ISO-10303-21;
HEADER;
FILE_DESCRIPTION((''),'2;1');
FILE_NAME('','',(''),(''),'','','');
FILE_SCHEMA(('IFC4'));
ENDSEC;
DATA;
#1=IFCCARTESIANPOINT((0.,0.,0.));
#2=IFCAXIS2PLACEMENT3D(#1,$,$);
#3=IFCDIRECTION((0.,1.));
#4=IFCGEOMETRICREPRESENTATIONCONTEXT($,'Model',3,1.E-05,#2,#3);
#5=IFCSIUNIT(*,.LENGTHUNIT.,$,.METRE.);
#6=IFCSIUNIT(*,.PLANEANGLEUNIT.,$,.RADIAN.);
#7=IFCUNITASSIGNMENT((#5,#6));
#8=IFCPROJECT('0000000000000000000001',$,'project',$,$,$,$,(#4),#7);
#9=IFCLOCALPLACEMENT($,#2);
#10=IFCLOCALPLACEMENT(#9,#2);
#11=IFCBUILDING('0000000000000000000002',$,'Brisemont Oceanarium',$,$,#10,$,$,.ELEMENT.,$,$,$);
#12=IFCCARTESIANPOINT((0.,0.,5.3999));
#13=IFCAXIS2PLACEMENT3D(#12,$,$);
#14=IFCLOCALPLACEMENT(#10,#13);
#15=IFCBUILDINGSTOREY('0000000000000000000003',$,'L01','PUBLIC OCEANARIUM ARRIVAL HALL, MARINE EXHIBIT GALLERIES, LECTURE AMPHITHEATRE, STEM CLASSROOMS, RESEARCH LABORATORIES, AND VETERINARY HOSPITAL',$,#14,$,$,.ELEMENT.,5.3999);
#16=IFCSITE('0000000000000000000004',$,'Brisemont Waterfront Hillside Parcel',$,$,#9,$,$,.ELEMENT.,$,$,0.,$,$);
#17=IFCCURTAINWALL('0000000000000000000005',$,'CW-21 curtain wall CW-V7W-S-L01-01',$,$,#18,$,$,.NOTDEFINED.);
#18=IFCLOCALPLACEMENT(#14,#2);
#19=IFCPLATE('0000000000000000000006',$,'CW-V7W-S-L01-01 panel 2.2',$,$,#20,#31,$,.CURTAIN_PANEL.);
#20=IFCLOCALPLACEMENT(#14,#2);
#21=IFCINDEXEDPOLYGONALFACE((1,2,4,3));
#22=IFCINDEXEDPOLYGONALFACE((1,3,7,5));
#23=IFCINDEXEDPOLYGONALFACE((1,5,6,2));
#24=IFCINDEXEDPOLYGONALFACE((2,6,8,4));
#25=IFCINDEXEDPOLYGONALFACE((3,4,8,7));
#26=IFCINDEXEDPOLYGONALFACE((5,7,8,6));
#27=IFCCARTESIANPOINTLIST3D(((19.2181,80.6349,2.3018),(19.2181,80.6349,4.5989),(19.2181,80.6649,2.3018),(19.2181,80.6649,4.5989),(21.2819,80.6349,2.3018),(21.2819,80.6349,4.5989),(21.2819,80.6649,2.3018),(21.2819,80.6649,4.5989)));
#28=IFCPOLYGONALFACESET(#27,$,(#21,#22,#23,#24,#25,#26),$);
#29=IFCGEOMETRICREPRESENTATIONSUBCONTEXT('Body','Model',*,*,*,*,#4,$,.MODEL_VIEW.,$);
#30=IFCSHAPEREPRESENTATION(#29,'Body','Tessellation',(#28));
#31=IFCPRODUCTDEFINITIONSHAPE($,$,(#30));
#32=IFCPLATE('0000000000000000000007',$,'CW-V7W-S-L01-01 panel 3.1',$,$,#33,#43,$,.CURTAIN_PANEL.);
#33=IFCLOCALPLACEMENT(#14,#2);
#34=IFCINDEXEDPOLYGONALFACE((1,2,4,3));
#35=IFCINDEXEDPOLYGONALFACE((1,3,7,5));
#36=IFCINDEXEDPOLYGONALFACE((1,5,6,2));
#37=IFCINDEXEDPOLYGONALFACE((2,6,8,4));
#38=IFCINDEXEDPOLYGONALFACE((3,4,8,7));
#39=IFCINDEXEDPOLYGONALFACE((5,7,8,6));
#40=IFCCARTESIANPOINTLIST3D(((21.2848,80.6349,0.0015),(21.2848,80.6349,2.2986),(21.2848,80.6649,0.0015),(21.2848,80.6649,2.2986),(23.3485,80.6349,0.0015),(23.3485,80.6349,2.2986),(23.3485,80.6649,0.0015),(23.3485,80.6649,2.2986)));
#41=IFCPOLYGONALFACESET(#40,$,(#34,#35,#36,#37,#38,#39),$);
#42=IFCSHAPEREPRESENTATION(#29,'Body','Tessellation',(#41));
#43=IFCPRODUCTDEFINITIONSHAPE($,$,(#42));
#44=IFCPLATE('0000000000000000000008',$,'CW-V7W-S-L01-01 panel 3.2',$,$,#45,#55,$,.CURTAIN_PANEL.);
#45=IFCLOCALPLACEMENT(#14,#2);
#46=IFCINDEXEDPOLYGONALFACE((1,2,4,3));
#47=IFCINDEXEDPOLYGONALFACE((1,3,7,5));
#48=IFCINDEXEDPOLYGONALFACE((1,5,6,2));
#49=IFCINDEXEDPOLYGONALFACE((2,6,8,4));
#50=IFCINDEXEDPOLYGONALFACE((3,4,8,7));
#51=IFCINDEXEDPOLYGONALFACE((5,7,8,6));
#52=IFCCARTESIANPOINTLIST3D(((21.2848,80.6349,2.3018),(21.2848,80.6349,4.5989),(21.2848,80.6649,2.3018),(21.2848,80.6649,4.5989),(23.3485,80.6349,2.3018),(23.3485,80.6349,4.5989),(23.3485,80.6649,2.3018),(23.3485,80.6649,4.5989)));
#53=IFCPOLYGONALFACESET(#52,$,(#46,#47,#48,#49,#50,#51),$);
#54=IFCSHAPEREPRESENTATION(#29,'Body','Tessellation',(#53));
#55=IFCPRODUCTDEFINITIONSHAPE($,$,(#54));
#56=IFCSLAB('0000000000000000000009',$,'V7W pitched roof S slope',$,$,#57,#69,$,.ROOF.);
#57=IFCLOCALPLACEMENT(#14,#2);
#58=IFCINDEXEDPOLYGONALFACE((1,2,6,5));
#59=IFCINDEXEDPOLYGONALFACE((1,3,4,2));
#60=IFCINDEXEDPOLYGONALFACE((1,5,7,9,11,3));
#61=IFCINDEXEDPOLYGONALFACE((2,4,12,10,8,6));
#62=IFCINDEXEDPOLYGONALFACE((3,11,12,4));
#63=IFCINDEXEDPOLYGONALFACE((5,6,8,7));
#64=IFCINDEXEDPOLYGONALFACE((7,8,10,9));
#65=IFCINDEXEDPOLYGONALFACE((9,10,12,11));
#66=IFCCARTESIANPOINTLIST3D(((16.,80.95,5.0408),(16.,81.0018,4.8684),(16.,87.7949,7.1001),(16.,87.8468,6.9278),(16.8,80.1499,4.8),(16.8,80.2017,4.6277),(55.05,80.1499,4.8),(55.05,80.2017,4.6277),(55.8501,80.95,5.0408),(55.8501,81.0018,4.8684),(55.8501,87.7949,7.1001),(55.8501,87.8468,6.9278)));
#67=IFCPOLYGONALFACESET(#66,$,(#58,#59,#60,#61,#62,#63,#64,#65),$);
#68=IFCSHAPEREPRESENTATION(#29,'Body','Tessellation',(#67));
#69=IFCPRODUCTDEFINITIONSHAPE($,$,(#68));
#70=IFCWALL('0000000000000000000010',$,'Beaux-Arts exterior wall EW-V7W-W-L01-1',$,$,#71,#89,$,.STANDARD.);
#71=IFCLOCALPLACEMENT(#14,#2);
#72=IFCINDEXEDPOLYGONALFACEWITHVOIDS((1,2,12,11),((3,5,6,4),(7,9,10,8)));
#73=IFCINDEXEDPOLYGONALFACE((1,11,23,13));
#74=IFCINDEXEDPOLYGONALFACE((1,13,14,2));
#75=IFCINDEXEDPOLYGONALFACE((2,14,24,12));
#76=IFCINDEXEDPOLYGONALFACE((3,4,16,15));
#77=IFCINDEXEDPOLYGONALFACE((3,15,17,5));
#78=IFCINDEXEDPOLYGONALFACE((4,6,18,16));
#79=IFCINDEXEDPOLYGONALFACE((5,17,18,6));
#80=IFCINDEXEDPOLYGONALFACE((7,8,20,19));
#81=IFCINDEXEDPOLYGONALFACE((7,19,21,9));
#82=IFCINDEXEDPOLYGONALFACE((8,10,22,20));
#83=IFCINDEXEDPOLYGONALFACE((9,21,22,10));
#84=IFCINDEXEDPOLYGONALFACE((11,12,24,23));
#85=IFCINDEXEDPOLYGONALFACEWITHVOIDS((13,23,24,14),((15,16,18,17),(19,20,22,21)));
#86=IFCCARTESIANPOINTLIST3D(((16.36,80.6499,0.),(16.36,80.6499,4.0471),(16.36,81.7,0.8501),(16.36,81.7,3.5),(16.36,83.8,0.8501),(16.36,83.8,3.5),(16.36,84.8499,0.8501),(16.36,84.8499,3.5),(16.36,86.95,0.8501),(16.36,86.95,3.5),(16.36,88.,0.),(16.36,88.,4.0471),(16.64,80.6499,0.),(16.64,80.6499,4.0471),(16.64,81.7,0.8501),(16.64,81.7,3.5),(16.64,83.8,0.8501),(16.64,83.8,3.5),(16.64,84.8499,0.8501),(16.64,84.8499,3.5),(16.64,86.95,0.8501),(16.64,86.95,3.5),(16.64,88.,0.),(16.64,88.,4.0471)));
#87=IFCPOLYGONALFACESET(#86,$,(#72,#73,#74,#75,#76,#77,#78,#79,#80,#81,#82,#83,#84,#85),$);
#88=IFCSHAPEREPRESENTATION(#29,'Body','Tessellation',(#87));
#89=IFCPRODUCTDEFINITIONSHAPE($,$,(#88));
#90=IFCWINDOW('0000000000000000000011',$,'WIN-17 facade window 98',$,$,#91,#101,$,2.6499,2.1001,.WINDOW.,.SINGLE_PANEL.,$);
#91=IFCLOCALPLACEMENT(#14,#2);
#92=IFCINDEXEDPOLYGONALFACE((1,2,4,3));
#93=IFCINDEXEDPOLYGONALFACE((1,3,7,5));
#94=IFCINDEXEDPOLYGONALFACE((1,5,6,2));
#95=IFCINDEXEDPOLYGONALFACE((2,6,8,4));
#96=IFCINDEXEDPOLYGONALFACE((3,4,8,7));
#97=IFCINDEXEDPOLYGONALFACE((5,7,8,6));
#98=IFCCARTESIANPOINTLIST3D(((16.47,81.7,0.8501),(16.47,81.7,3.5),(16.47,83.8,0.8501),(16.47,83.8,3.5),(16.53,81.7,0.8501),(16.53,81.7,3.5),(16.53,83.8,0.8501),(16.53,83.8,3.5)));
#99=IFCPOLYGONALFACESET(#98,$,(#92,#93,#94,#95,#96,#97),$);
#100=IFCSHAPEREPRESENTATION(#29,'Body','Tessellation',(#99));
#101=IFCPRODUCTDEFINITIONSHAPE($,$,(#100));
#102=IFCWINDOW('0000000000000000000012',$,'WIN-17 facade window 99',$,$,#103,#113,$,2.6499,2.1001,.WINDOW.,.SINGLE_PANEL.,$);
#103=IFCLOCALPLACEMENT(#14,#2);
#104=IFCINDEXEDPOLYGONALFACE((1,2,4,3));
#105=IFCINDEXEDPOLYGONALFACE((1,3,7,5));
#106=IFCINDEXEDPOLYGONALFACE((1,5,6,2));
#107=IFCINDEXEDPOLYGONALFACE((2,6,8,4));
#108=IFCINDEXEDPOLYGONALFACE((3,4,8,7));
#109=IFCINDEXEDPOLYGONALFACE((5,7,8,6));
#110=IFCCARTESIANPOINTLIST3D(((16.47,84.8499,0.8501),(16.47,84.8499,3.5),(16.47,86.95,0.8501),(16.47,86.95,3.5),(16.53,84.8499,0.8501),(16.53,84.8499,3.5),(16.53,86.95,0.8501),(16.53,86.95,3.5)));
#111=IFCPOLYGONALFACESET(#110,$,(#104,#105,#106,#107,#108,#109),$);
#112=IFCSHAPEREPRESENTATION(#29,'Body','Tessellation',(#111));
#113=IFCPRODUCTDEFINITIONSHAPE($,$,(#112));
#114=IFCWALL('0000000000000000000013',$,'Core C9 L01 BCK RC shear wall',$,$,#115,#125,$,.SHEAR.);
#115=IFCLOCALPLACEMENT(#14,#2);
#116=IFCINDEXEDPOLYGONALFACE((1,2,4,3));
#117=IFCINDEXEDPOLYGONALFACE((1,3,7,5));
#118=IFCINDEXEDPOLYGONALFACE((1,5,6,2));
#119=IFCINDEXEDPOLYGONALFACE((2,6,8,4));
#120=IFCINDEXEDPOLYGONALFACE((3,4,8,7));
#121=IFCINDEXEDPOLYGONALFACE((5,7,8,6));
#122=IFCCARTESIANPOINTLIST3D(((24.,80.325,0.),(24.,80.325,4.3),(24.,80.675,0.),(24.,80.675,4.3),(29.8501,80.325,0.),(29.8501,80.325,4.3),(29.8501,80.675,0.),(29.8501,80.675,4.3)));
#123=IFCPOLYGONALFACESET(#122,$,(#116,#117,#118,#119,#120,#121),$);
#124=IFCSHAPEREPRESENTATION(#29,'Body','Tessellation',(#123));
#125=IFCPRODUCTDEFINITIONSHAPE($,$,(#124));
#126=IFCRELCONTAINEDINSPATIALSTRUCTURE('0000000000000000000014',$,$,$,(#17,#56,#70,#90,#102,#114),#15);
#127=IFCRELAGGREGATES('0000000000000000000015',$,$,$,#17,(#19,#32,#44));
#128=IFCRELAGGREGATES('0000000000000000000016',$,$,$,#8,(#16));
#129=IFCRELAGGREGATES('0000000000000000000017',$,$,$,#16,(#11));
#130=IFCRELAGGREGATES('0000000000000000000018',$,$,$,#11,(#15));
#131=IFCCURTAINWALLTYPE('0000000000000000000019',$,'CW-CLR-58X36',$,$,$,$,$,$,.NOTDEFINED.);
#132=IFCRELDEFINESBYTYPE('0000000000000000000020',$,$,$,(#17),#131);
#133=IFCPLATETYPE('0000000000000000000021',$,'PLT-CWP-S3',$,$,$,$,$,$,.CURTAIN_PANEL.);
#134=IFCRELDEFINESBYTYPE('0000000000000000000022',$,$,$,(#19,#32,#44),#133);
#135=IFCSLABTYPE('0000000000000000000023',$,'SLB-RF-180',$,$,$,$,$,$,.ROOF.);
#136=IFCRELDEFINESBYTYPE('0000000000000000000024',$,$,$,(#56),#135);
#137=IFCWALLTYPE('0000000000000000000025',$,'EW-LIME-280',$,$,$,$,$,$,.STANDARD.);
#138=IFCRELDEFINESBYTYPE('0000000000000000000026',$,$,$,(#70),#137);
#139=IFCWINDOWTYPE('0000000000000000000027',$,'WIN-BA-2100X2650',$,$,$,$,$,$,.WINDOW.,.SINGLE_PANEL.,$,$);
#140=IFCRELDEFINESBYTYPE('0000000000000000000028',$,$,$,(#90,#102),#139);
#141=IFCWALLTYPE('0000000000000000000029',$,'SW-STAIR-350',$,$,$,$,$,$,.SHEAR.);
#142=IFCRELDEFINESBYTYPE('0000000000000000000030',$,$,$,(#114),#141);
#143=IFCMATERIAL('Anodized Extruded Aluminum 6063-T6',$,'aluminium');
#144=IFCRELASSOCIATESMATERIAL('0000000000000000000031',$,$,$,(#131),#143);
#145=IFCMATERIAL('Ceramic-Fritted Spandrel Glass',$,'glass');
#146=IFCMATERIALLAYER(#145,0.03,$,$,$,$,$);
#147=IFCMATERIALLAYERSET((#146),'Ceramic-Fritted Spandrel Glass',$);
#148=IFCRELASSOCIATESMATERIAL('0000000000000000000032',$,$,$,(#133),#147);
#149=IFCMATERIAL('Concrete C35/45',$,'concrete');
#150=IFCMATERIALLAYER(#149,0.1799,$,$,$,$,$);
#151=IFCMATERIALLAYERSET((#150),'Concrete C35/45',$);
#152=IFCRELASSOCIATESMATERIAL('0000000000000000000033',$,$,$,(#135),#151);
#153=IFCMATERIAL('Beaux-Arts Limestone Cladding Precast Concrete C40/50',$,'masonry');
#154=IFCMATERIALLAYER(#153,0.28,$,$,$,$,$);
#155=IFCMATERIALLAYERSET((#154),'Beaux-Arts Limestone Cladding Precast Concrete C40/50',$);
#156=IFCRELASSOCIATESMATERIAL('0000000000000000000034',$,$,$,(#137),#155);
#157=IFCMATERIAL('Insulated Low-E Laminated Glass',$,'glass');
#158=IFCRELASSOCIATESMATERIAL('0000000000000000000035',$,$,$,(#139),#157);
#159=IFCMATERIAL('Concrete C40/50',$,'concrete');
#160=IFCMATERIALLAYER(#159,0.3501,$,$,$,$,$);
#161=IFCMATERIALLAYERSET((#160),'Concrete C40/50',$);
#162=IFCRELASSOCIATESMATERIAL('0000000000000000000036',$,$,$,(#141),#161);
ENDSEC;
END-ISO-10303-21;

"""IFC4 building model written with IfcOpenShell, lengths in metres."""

from ifc_helpers import new_model, si_unit, direction, frame, frame_2d, origin, origin_2d, place, context, subcontext, project, spatial, polyline, rectangle, outline, extrude, material, layer, layer_set, type_object, element, fill, aggregate, save


model = new_model("IFC4")

# Units and contexts
model_context = context("Model", 3, precision=1e-05, world=origin(), true_north=direction((0.0, 1.0)))
body_context = subcontext(model_context, "Body", "Model", "MODEL_VIEW")
ifc_project = project(units=[si_unit("LENGTHUNIT", "METRE"), si_unit("PLANEANGLEUNIT", "RADIAN")], contexts=[model_context])

# Site, building, storey
site_placement = place(None, origin())
site = spatial("IfcSite", under=ifc_project, at=site_placement, Name="Brisemont Waterfront Hillside Parcel", CompositionType="ELEMENT", RefElevation=0.0)
building_placement = place(site_placement, origin())
building = spatial("IfcBuilding", under=site, at=building_placement, Name="Brisemont Oceanarium", CompositionType="ELEMENT")
storey_placement = place(building_placement, frame((0.0, 0.0, 5.3999)))
storey = spatial("IfcBuildingStorey", under=building, at=storey_placement, Name="L01", Description="PUBLIC OCEANARIUM ARRIVAL HALL, MARINE EXHIBIT GALLERIES, LECTURE AMPHITHEATRE, STEM CLASSROOMS, RESEARCH LABORATORIES, AND VETERINARY HOSPITAL", CompositionType="ELEMENT", Elevation=5.3999)

# Curtain wall
ifc_material_1 = material(Name="Anodized Extruded Aluminum 6063-T6", Category="aluminium")
curtain_wall_type_1 = type_object("IfcCurtainWallType", Name="CW-CLR-58X36", PredefinedType="NOTDEFINED", material=ifc_material_1)
curtain_wall_1_placement = place(storey_placement, origin())
curtain_wall_1 = element("IfcCurtainWall", 1, at=curtain_wall_1_placement, inside=storey, type_object=curtain_wall_type_1, Name="CW-21 curtain wall CW-V7W-S-L01-01", PredefinedType="NOTDEFINED")

# Plates
ifc_material_2 = material(Name="Ceramic-Fritted Spandrel Glass", Category="glass")
ifc_layer_1 = layer(ifc_material_2, 0.03)
ifc_layer_set_1 = layer_set([ifc_layer_1], Name="Ceramic-Fritted Spandrel Glass")
plate_type = type_object("IfcPlateType", Name="PLT-CWP-S3", PredefinedType="CURTAIN_PANEL", material=ifc_layer_set_1)
plate_1_placement = place(storey_placement, frame((20.25, 80.6499, 2.3018), z_axis=(0.0, 0.0, 1.0), x_axis=(1.0, 0.0, 0.0)))
plate_1 = element("IfcPlate", 2, at=plate_1_placement, type_object=plate_type, Name="CW-V7W-S-L01-01 panel 2.2", PredefinedType="CURTAIN_PANEL", context=body_context, shape_type="SweptSolid", body=[
    extrude(rectangle(XDim=2.0637, YDim=0.03, at=origin_2d()), origin(), (0.0, 0.0, 1.0), 2.2971),
])
plate_2_placement = place(storey_placement, frame((22.3167, 80.6499, 0.0015), z_axis=(0.0, 0.0, 1.0), x_axis=(1.0, 0.0, 0.0)))
plate_2 = element("IfcPlate", 3, at=plate_2_placement, type_object=plate_type, Name="CW-V7W-S-L01-01 panel 3.1", PredefinedType="CURTAIN_PANEL", context=body_context, shape_type="SweptSolid", body=[
    extrude(rectangle(XDim=2.0637, YDim=0.03, at=origin_2d()), origin(), (0.0, 0.0, 1.0), 2.2971),
])
plate_3_placement = place(storey_placement, frame((22.3167, 80.6499, 2.3018), z_axis=(0.0, 0.0, 1.0), x_axis=(1.0, 0.0, 0.0)))
plate_3 = element("IfcPlate", 4, at=plate_3_placement, type_object=plate_type, Name="CW-V7W-S-L01-01 panel 3.2", PredefinedType="CURTAIN_PANEL", context=body_context, shape_type="SweptSolid", body=[
    extrude(rectangle(XDim=2.0637, YDim=0.03, at=origin_2d()), origin(), (0.0, 0.0, 1.0), 2.2971),
])
aggregate(curtain_wall_1, [plate_1, plate_2, plate_3])

# Slab
ifc_material_3 = material(Name="Concrete C35/45", Category="concrete")
ifc_layer_2 = layer(ifc_material_3, 0.1799)
ifc_layer_set_2 = layer_set([ifc_layer_2], Name="Concrete C35/45")
slab_type = type_object("IfcSlabType", Name="SLB-RF-180", PredefinedType="ROOF", material=ifc_layer_set_2)
slab_placement = place(storey_placement, frame((16.8, 80.1499, 4.8), z_axis=(0.0, -0.2881, 0.9576), x_axis=(1.0, 0.0, 0.0)))
element("IfcSlab", 5, at=slab_placement, inside=storey, type_object=slab_type, Name="V7W pitched roof S slope", PredefinedType="ROOF", context=body_context, shape_type="SweptSolid", body=[
    extrude(outline(polyline([(0.0, 0.0), (38.25, 0.0), (39.05, 0.8355), (39.05, 7.9835), (-0.8, 7.9835), (-0.8, 0.8355), (0.0, 0.0)])), origin(), (0.0, 0.0, -1.0), 0.1799),
])

# Wall, openings, windows
ifc_material_4 = material(Name="Beaux-Arts Limestone Cladding Precast Concrete C40/50", Category="masonry")
ifc_layer_3 = layer(ifc_material_4, 0.28)
ifc_layer_set_3 = layer_set([ifc_layer_3], Name="Beaux-Arts Limestone Cladding Precast Concrete C40/50")
wall_type_1 = type_object("IfcWallType", Name="EW-LIME-280", PredefinedType="STANDARD", material=ifc_layer_set_3)
wall_1_placement = place(storey_placement, frame((16.5, 80.6499, 0.0), z_axis=(0.0, 0.0, 1.0), x_axis=(0.0, 1.0, 0.0)))
wall_1 = element("IfcWall", 6, at=wall_1_placement, inside=storey, type_object=wall_type_1, Name="Beaux-Arts exterior wall EW-V7W-W-L01-1", PredefinedType="STANDARD", context=body_context, shape_type="SweptSolid", body=[
    extrude(rectangle(XDim=7.3501, YDim=0.28, at=frame_2d((3.675, 0.0))), origin(), (0.0, 0.0, 1.0), 4.0471),
])
opening_1_placement = place(wall_1_placement, frame((1.05, 0.0, 0.8501)))
opening_1 = element("IfcOpeningElement", 7, at=opening_1_placement, cuts=wall_1, PredefinedType="OPENING", context=body_context, shape_type="SweptSolid", body=[
    extrude(rectangle(XDim=2.1001, YDim=2.6499, at=frame_2d((1.05, 1.325))), frame((0.0, 0.1499, 0.0), z_axis=(0.0, -1.0, 0.0), x_axis=(1.0, 0.0, 0.0)), (0.0, 0.0, 1.0), 0.3),
])
opening_2_placement = place(wall_1_placement, frame((4.2, 0.0, 0.8501)))
opening_2 = element("IfcOpeningElement", 8, at=opening_2_placement, cuts=wall_1, PredefinedType="OPENING", context=body_context, shape_type="SweptSolid", body=[
    extrude(rectangle(XDim=2.1001, YDim=2.6499, at=frame_2d((1.05, 1.325))), frame((0.0, 0.1499, 0.0), z_axis=(0.0, -1.0, 0.0), x_axis=(1.0, 0.0, 0.0)), (0.0, 0.0, 1.0), 0.3),
])
ifc_material_5 = material(Name="Insulated Low-E Laminated Glass", Category="glass")
window_type = type_object("IfcWindowType", Name="WIN-BA-2100X2650", PartitioningType="SINGLE_PANEL", PredefinedType="WINDOW", material=ifc_material_5)
window_1_placement = place(opening_1_placement, origin())
window_1 = element("IfcWindow", 9, at=window_1_placement, inside=storey, type_object=window_type, Name="WIN-17 facade window 98", OverallHeight=2.6499, OverallWidth=2.1001, PartitioningType="SINGLE_PANEL", PredefinedType="WINDOW", context=body_context, shape_type="SweptSolid", body=[
    extrude(rectangle(XDim=2.1001, YDim=2.6499, at=frame_2d((1.05, 1.325))), frame((0.0, 0.03, 0.0), z_axis=(0.0, -1.0, 0.0), x_axis=(1.0, 0.0, 0.0)), (0.0, 0.0, 1.0), 0.0601),
])
fill(opening_1, window_1)
window_2_placement = place(opening_2_placement, origin())
window_2 = element("IfcWindow", 10, at=window_2_placement, inside=storey, type_object=window_type, Name="WIN-17 facade window 99", OverallHeight=2.6499, OverallWidth=2.1001, PartitioningType="SINGLE_PANEL", PredefinedType="WINDOW", context=body_context, shape_type="SweptSolid", body=[
    extrude(rectangle(XDim=2.1001, YDim=2.6499, at=frame_2d((1.05, 1.325))), frame((0.0, 0.03, 0.0), z_axis=(0.0, -1.0, 0.0), x_axis=(1.0, 0.0, 0.0)), (0.0, 0.0, 1.0), 0.0601),
])
fill(opening_2, window_2)

# Wall
ifc_material_6 = material(Name="Concrete C40/50", Category="concrete")
ifc_layer_4 = layer(ifc_material_6, 0.3501)
ifc_layer_set_4 = layer_set([ifc_layer_4], Name="Concrete C40/50")
wall_type_2 = type_object("IfcWallType", Name="SW-STAIR-350", PredefinedType="SHEAR", material=ifc_layer_set_4)
wall_2_placement = place(storey_placement, frame((24.0, 80.5, 0.0), z_axis=(0.0, 0.0, 1.0), x_axis=(1.0, 0.0, 0.0)))
element("IfcWall", 11, at=wall_2_placement, inside=storey, type_object=wall_type_2, Name="Core C9 L01 BCK RC shear wall", PredefinedType="SHEAR", context=body_context, shape_type="SweptSolid", body=[
    extrude(rectangle(XDim=5.8501, YDim=0.3501, at=frame_2d((2.925, 0.0))), origin(), (0.0, 0.0, 1.0), 4.3),
])

save(model, "model.ifc")
